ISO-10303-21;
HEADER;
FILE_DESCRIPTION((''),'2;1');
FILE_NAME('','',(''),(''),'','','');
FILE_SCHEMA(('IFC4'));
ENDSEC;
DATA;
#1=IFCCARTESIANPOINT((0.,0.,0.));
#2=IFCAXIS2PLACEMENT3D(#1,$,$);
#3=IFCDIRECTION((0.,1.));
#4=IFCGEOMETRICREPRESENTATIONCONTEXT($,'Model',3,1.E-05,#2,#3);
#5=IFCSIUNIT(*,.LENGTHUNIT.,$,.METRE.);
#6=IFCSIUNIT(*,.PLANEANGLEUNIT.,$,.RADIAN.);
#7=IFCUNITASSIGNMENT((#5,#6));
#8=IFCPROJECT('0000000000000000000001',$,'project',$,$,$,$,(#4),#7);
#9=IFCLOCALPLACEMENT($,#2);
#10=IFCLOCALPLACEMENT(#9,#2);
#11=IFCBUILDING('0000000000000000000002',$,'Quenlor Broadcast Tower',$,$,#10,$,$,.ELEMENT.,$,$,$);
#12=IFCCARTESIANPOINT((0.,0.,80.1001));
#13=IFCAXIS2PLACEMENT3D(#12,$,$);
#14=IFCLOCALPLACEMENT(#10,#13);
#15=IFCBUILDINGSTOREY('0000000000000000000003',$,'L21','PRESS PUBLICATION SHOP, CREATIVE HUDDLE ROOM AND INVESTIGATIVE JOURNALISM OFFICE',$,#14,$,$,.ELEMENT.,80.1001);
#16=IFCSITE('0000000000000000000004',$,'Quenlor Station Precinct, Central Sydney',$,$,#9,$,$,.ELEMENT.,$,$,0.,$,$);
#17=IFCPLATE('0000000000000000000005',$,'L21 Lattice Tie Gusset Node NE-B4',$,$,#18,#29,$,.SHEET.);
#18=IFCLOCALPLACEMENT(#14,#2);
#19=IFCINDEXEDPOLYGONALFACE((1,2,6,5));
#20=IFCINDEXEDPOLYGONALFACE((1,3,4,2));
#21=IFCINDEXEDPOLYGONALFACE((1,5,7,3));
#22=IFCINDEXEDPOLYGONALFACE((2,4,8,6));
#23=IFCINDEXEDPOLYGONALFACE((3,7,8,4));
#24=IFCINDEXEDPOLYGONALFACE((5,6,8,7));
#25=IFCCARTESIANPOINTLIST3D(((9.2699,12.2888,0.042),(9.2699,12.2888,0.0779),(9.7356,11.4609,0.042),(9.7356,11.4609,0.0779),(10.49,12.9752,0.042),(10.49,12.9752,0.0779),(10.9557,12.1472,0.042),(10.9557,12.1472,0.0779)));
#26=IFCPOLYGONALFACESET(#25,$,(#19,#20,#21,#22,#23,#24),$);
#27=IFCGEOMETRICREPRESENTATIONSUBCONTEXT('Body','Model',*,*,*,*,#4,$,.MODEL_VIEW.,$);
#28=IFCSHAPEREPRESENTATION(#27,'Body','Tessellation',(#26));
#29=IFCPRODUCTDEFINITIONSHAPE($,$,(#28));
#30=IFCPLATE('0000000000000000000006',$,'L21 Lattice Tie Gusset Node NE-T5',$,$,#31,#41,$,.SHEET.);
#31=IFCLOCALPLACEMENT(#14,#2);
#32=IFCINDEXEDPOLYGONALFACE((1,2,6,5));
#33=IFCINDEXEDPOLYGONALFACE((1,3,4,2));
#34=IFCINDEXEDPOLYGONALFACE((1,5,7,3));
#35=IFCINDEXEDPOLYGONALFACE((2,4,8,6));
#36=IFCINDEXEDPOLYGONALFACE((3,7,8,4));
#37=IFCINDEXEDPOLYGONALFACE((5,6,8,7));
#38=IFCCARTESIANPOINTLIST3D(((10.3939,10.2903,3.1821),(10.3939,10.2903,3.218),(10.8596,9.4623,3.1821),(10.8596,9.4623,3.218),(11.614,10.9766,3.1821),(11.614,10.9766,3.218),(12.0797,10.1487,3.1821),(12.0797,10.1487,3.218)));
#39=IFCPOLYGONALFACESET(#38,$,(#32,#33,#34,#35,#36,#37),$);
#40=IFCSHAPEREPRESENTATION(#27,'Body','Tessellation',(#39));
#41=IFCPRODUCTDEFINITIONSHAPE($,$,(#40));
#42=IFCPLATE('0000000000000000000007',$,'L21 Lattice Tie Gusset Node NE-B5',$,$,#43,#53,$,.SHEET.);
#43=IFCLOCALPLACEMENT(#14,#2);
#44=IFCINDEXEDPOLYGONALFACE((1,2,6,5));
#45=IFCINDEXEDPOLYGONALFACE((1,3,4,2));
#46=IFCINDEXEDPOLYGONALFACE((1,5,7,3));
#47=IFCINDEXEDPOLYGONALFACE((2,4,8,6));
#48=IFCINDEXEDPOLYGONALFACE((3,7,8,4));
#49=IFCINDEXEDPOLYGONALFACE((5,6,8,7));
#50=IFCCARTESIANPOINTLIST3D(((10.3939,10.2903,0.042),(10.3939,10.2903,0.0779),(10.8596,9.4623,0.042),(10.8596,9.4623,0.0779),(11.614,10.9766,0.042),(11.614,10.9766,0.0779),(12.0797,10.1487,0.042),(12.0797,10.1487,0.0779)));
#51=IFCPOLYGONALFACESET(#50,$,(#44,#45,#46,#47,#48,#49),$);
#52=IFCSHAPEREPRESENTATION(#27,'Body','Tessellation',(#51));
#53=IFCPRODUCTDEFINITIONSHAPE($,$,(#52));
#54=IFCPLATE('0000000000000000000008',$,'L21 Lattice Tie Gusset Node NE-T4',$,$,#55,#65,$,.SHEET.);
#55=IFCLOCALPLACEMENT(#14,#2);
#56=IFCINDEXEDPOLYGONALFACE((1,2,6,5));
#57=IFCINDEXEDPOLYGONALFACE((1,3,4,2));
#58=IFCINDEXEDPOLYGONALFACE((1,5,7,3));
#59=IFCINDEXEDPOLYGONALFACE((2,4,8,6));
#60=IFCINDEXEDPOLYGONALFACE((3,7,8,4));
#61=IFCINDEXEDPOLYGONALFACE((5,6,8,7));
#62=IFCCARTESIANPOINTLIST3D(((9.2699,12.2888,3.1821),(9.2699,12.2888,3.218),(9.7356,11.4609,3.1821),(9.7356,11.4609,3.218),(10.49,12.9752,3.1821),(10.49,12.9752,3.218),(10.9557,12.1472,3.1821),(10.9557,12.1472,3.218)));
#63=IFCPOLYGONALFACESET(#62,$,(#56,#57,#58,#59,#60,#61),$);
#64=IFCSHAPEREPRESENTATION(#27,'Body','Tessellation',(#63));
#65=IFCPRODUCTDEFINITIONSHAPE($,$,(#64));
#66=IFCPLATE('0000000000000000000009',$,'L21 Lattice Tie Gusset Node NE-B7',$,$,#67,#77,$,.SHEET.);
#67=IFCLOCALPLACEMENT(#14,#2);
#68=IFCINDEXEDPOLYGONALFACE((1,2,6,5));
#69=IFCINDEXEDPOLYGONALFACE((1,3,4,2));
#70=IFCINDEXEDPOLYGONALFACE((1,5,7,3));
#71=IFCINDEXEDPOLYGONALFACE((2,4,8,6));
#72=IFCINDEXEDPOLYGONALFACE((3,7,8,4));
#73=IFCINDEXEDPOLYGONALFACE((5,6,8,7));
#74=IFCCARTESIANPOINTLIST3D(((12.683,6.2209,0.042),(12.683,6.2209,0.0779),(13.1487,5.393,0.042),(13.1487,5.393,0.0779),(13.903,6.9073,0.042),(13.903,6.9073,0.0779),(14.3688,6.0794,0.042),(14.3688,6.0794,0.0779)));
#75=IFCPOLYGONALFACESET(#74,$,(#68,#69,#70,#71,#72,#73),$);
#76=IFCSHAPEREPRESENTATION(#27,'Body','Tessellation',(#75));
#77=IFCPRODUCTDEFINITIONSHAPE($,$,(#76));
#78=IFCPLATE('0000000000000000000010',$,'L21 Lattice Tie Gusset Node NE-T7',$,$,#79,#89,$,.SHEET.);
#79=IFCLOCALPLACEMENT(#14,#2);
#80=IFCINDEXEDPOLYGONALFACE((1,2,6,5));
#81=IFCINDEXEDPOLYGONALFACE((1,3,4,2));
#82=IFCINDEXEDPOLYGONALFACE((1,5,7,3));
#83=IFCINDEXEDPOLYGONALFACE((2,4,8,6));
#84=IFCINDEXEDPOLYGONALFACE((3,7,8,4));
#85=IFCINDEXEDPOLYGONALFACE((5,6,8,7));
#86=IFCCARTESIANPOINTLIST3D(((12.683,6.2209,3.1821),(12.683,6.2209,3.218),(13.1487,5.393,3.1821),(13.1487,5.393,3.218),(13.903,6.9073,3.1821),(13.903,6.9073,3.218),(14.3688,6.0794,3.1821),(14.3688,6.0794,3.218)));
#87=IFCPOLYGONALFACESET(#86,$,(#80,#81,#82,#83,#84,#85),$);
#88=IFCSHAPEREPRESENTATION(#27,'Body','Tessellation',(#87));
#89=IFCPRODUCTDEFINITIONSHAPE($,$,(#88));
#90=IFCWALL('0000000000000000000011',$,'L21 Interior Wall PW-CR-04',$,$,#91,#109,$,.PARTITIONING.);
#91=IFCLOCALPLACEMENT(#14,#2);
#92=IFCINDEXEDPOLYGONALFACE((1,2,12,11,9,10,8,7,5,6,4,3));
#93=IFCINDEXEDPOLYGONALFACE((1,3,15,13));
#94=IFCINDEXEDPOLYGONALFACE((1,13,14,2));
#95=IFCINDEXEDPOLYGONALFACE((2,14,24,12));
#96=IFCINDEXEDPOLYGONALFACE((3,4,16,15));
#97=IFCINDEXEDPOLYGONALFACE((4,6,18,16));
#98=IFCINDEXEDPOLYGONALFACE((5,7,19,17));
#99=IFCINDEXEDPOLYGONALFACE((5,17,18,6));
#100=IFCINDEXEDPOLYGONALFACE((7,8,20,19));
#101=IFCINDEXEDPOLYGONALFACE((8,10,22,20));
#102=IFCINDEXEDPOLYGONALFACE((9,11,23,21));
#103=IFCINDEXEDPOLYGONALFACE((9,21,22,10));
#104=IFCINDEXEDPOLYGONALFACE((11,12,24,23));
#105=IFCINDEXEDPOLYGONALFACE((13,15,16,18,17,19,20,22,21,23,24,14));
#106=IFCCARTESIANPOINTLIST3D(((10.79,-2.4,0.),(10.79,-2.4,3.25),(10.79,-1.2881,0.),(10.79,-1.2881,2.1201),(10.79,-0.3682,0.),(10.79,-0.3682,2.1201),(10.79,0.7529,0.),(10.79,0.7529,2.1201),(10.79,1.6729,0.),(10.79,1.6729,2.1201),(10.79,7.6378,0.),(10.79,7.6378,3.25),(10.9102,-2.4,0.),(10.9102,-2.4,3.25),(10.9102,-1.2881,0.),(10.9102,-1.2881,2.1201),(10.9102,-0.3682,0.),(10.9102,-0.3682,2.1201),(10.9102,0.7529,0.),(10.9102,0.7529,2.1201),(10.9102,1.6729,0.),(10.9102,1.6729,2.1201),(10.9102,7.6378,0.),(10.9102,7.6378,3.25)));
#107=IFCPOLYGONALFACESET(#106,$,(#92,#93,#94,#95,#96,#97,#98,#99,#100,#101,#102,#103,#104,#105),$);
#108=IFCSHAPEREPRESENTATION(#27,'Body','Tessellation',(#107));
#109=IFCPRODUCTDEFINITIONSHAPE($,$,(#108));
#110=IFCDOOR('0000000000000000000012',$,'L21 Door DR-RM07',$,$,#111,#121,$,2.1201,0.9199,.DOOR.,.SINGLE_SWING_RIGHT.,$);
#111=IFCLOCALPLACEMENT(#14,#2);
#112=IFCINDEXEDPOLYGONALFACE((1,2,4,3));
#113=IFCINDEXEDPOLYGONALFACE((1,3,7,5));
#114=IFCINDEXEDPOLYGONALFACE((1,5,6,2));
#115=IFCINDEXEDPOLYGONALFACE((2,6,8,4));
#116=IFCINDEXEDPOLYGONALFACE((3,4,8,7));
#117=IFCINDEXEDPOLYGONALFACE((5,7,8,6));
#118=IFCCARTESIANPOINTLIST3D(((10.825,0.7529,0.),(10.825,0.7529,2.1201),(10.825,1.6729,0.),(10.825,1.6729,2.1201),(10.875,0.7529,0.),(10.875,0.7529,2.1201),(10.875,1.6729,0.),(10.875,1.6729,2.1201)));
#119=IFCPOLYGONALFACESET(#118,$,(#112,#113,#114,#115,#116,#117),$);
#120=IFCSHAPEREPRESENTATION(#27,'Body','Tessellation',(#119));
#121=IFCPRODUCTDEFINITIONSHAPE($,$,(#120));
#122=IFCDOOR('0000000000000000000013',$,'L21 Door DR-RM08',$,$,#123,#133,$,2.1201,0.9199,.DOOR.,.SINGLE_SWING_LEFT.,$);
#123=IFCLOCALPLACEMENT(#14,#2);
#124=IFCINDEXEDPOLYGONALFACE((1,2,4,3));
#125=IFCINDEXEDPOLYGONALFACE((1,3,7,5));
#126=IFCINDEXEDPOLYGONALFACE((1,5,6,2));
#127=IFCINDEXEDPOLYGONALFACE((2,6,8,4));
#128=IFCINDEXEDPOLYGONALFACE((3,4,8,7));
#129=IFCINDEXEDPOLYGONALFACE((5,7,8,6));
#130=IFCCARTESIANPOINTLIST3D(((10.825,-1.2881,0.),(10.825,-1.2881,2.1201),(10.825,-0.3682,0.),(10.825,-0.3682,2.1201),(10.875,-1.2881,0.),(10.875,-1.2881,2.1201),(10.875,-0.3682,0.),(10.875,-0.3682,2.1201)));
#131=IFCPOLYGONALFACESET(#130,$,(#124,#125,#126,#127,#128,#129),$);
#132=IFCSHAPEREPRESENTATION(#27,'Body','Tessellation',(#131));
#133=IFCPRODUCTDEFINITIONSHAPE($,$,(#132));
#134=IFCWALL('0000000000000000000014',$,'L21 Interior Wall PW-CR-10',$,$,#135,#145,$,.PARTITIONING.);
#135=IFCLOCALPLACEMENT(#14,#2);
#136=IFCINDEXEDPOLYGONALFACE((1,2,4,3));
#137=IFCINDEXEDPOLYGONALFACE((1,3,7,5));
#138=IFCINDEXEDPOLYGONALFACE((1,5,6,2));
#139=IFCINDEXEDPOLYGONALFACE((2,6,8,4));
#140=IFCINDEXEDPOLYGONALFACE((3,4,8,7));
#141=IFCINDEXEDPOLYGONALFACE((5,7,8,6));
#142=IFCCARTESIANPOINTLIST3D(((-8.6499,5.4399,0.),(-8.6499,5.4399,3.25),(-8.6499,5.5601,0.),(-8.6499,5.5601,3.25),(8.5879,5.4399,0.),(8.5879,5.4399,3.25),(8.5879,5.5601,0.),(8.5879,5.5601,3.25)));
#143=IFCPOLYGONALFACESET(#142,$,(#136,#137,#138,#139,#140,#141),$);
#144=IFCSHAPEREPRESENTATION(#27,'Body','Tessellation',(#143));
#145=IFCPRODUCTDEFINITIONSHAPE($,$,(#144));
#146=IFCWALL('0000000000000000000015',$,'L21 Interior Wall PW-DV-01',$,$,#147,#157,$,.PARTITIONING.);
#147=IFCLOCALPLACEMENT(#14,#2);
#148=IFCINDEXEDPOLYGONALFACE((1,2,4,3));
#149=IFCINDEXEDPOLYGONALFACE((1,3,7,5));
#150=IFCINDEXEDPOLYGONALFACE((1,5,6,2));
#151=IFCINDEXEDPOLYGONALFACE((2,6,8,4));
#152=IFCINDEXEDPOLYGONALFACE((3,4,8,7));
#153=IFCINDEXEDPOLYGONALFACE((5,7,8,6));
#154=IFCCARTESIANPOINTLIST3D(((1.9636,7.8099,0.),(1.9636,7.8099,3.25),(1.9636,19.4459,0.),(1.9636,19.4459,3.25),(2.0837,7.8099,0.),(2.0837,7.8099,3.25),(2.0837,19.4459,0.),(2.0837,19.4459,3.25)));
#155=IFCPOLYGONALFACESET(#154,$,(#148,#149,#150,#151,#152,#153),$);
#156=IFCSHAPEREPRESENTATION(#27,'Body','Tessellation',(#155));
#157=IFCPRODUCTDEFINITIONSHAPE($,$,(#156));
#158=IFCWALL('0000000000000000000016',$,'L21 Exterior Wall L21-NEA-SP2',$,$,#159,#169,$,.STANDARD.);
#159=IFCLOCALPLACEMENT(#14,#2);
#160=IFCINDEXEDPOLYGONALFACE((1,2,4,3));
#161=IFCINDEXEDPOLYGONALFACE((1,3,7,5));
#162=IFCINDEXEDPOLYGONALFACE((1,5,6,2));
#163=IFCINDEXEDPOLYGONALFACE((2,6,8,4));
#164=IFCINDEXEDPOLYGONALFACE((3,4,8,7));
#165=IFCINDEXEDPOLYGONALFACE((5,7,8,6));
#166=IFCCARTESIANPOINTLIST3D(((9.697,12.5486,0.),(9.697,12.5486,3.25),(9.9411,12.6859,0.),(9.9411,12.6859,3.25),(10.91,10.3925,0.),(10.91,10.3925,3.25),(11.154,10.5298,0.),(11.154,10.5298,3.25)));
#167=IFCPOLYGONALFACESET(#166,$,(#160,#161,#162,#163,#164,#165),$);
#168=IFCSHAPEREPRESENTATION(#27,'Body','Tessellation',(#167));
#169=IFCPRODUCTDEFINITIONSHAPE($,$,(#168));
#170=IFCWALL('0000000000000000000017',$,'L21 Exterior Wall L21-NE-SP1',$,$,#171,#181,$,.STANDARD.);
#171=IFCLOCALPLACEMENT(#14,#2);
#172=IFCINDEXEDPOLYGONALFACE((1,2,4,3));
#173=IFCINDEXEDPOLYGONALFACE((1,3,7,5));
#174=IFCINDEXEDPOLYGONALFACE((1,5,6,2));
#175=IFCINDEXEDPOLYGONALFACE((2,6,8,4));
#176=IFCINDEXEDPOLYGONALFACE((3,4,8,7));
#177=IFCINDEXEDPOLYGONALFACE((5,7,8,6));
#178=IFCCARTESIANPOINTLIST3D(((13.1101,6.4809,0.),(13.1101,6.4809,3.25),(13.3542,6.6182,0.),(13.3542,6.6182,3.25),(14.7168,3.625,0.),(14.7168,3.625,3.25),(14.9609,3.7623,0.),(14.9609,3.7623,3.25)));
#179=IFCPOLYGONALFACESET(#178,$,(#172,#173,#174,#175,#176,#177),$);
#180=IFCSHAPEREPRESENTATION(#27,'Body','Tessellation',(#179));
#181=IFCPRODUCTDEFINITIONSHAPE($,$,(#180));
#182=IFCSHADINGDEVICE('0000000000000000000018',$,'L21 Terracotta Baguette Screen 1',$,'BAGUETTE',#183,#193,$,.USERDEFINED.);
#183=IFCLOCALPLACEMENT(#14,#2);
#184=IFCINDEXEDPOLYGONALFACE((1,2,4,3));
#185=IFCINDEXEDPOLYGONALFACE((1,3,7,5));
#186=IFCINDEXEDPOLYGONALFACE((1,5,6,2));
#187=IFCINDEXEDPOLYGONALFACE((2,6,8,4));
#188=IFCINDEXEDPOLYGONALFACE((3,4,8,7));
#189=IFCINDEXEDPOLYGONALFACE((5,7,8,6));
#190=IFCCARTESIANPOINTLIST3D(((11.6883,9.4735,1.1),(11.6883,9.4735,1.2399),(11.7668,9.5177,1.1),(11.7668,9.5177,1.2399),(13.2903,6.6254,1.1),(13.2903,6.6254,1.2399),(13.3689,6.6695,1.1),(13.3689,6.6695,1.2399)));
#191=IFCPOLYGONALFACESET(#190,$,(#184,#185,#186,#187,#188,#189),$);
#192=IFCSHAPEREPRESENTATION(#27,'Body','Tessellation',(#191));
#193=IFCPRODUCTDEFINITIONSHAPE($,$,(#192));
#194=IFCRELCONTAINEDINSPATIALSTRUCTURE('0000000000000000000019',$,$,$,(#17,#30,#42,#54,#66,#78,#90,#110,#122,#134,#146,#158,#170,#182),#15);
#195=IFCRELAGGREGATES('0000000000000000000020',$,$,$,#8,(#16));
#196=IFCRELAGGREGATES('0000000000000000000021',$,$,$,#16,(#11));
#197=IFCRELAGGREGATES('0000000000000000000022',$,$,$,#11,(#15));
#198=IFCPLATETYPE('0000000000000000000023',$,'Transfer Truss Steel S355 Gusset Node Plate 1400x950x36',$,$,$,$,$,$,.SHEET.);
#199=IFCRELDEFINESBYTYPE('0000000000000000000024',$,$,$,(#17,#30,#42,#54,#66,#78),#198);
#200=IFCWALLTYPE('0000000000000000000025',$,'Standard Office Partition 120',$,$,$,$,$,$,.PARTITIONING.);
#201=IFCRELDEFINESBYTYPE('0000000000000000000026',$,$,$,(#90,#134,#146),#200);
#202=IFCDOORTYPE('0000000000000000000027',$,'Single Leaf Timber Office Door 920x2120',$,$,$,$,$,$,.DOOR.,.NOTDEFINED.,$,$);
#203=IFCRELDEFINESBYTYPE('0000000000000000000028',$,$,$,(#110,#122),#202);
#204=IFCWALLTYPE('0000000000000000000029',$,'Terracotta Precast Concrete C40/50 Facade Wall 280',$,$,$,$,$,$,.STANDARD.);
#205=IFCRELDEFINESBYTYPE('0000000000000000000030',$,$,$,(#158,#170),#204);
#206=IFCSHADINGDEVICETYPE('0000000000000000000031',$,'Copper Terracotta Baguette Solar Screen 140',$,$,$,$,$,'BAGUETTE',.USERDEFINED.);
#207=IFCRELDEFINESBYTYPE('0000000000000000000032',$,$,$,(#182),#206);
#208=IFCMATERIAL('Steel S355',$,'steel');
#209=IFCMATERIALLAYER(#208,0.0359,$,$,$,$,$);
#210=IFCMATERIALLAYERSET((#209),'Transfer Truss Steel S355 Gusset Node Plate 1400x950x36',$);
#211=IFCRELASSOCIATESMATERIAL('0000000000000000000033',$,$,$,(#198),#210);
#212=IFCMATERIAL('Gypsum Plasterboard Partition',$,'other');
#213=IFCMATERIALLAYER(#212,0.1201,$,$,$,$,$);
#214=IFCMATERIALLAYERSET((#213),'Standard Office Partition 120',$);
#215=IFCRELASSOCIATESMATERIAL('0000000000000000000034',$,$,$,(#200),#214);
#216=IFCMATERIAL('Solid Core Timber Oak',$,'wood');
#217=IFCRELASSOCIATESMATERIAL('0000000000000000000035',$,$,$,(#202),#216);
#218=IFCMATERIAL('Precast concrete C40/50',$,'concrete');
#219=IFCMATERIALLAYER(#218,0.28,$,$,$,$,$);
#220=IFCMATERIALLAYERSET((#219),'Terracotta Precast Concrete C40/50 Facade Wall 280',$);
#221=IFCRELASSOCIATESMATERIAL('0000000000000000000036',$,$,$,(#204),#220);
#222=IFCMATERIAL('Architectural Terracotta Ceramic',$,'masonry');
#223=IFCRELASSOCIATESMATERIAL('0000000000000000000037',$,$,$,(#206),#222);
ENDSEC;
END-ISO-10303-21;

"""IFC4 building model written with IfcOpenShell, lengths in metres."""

from ifc_helpers import new_model, si_unit, direction, frame, frame_2d, origin, origin_2d, place, context, subcontext, project, spatial, rectangle, extrude, material, layer, layer_set, material_profile, profile_set, type_object, element, fill, save


model = new_model("IFC4")

# Units and contexts
model_context = context("Model", 3, precision=1e-05, world=origin(), true_north=direction((0.0, 1.0)))
body_context = subcontext(model_context, "Body", "Model", "MODEL_VIEW")
ifc_project = project(units=[si_unit("LENGTHUNIT", "METRE"), si_unit("PLANEANGLEUNIT", "RADIAN")], contexts=[model_context])

# Site, building, storey
site_placement = place(None, origin())
site = spatial("IfcSite", under=ifc_project, at=site_placement, Name="Quenlor Station Precinct, Central Sydney", CompositionType="ELEMENT", RefElevation=0.0)
building_placement = place(site_placement, origin())
building = spatial("IfcBuilding", under=site, at=building_placement, Name="Quenlor Broadcast Tower", CompositionType="ELEMENT")
storey_placement = place(building_placement, frame((0.0, 0.0, 80.1001)))
storey = spatial("IfcBuildingStorey", under=building, at=storey_placement, Name="L21", Description="PRESS PUBLICATION SHOP, CREATIVE HUDDLE ROOM AND INVESTIGATIVE JOURNALISM OFFICE", CompositionType="ELEMENT", Elevation=80.1001)

# Plates
ifc_material_1 = material(Name="Steel S355", Category="steel")
ifc_layer_1 = layer(ifc_material_1, 0.0359)
ifc_layer_set_1 = layer_set([ifc_layer_1], Name="Transfer Truss Steel S355 Gusset Node Plate 1400x950x36")
plate_type_1 = type_object("IfcPlateType", Name="Transfer Truss Steel S355 Gusset Node Plate 1400x950x36", PredefinedType="SHEET", material=ifc_layer_set_1)
for number, where, z_axis, x_axis, name in (
    (1, (10.1128, 12.218, 0.042), (0.0, 0.0, 1.0), (0.871556, 0.490295, 0.0), "L21 Lattice Tie Gusset Node NE-B4"),
    (2, (11.2368, 10.2195, 3.1821), (0.0, 0.0, 1.0), (0.871556, 0.490295, 0.0), "L21 Lattice Tie Gusset Node NE-T5"),
    (3, (11.2368, 10.2195, 0.042), (0.0, 0.0, 1.0), (0.871556, 0.490295, 0.0), "L21 Lattice Tie Gusset Node NE-B5"),
    (4, (10.1128, 12.218, 3.1821), (0.0, 0.0, 1.0), (0.871556, 0.490295, 0.0), "L21 Lattice Tie Gusset Node NE-T4"),
    (5, (13.5259, 6.1501, 0.042), (0.0, 0.0, 1.0), (0.871556, 0.490295, 0.0), "L21 Lattice Tie Gusset Node NE-B7"),
    (6, (13.5259, 6.1501, 3.1821), (0.0, 0.0, 1.0), (0.871556, 0.490295, 0.0), "L21 Lattice Tie Gusset Node NE-T7"),
):
    element("IfcPlate", number, at=place(storey_placement, frame(where, z_axis=z_axis, x_axis=x_axis)), inside=storey, type_object=plate_type_1, Name=name, PredefinedType="SHEET", context=body_context, shape_type="SweptSolid", body=[
        extrude(rectangle(XDim=1.3999, YDim=0.95, at=origin_2d()), origin(), (0.0, 0.0, 1.0), 0.0359),
    ])

# Wall, openings, doors
ifc_material_2 = material(Name="Gypsum Plasterboard Partition", Category="other")
ifc_layer_2 = layer(ifc_material_2, 0.1201)
ifc_layer_set_2 = layer_set([ifc_layer_2], Name="Standard Office Partition 120")
wall_type_1 = type_object("IfcWallType", Name="Standard Office Partition 120", PredefinedType="PARTITIONING", material=ifc_layer_set_2)
wall_1_placement = place(storey_placement, frame((10.8501, 7.6379, 0.0), z_axis=(0.0, 0.0, 1.0), x_axis=(0.0, -1.0, 0.0)))
wall_1 = element("IfcWall", 7, at=wall_1_placement, inside=storey, type_object=wall_type_1, Name="L21 Interior Wall PW-CR-04", PredefinedType="PARTITIONING", context=body_context, shape_type="SweptSolid", body=[
    extrude(rectangle(XDim=10.0378, YDim=0.1201, at=frame_2d((5.019, 0.0))), origin(), (0.0, 0.0, 1.0), 3.25),
])
opening_1_placement = place(wall_1_placement, frame((5.9651, 0.0, 0.0)))
opening_1 = element("IfcOpeningElement", 8, at=opening_1_placement, cuts=wall_1, PredefinedType="OPENING", context=body_context, shape_type="SweptSolid", body=[
    extrude(rectangle(XDim=0.9199, YDim=2.1201, at=frame_2d((0.46, 1.0601))), frame((0.0, 0.0701, 0.0), z_axis=(0.0, -1.0, 0.0), x_axis=(1.0, 0.0, 0.0)), (0.0, 0.0, 1.0), 0.1401),
])
opening_2_placement = place(wall_1_placement, frame((8.0061, 0.0, 0.0)))
opening_2 = element("IfcOpeningElement", 9, at=opening_2_placement, cuts=wall_1, PredefinedType="OPENING", context=body_context, shape_type="SweptSolid", body=[
    extrude(rectangle(XDim=0.9199, YDim=2.1201, at=frame_2d((0.46, 1.0601))), frame((0.0, 0.0701, 0.0), z_axis=(0.0, -1.0, 0.0), x_axis=(1.0, 0.0, 0.0)), (0.0, 0.0, 1.0), 0.1401),
])
ifc_material_3 = material(Name="Solid Core Timber Oak", Category="wood")
door_type = type_object("IfcDoorType", Name="Single Leaf Timber Office Door 920x2120", OperationType="NOTDEFINED", PredefinedType="DOOR", material=ifc_material_3)
door_1_placement = place(opening_1_placement, origin())
door_1 = element("IfcDoor", 10, at=door_1_placement, inside=storey, type_object=door_type, Name="L21 Door DR-RM07", OperationType="SINGLE_SWING_RIGHT", OverallHeight=2.1201, OverallWidth=0.9199, PredefinedType="DOOR", context=body_context, shape_type="SweptSolid", body=[
    extrude(rectangle(XDim=0.9199, YDim=2.1201, at=frame_2d((0.46, 1.0601))), frame((0.0, 0.0249, 0.0), z_axis=(0.0, -1.0, 0.0), x_axis=(1.0, 0.0, 0.0)), (0.0, 0.0, 1.0), 0.05),
])
fill(opening_1, door_1)
door_2_placement = place(opening_2_placement, origin())
door_2 = element("IfcDoor", 11, at=door_2_placement, inside=storey, type_object=door_type, Name="L21 Door DR-RM08", OperationType="SINGLE_SWING_LEFT", OverallHeight=2.1201, OverallWidth=0.9199, PredefinedType="DOOR", context=body_context, shape_type="SweptSolid", body=[
    extrude(rectangle(XDim=0.9199, YDim=2.1201, at=frame_2d((0.46, 1.0601))), frame((0.0, 0.0249, 0.0), z_axis=(0.0, -1.0, 0.0), x_axis=(1.0, 0.0, 0.0)), (0.0, 0.0, 1.0), 0.05),
])
fill(opening_2, door_2)

# Walls
wall_2_placement = place(storey_placement, frame((8.5879, 5.5, 0.0), z_axis=(0.0, 0.0, 1.0), x_axis=(-1.0, 0.0, 0.0)))
element("IfcWall", 12, at=wall_2_placement, inside=storey, type_object=wall_type_1, Name="L21 Interior Wall PW-CR-10", PredefinedType="PARTITIONING", context=body_context, shape_type="SweptSolid", body=[
    extrude(rectangle(XDim=17.2378, YDim=0.1201, at=frame_2d((8.6189, 0.0))), origin(), (0.0, 0.0, 1.0), 3.25),
])
wall_3_placement = place(storey_placement, frame((2.0237, 7.8101, 0.0), z_axis=(0.0, 0.0, 1.0), x_axis=(0.0, 1.0, 0.0)))
element("IfcWall", 13, at=wall_3_placement, inside=storey, type_object=wall_type_1, Name="L21 Interior Wall PW-DV-01", PredefinedType="PARTITIONING", context=body_context, shape_type="SweptSolid", body=[
    extrude(rectangle(XDim=11.636, YDim=0.1201, at=frame_2d((5.8179, 0.0))), origin(), (0.0, 0.0, 1.0), 3.25),
])
ifc_material_4 = material(Name="Precast concrete C40/50", Category="concrete")
ifc_layer_3 = layer(ifc_material_4, 0.28)
ifc_layer_set_3 = layer_set([ifc_layer_3], Name="Terracotta Precast Concrete C40/50 Facade Wall 280")
wall_type_2 = type_object("IfcWallType", Name="Terracotta Precast Concrete C40/50 Facade Wall 280", PredefinedType="STANDARD", material=ifc_layer_set_3)
wall_4_placement = place(storey_placement, frame((9.8191, 12.6172, 0.0), z_axis=(0.0, 0.0, 1.0), x_axis=(0.490303, -0.871552, 0.0)))
element("IfcWall", 14, at=wall_4_placement, inside=storey, type_object=wall_type_2, Name="L21 Exterior Wall L21-NEA-SP2", PredefinedType="STANDARD", context=body_context, shape_type="SweptSolid", body=[
    extrude(rectangle(XDim=2.4739, YDim=0.28, at=frame_2d((1.2368, 0.0))), origin(), (0.0, 0.0, 1.0), 3.25),
])
wall_5_placement = place(storey_placement, frame((13.2322, 6.5496, 0.0), z_axis=(0.0, 0.0, 1.0), x_axis=(0.490311, -0.871548, 0.0)))
element("IfcWall", 15, at=wall_5_placement, inside=storey, type_object=wall_type_2, Name="L21 Exterior Wall L21-NE-SP1", PredefinedType="STANDARD", context=body_context, shape_type="SweptSolid", body=[
    extrude(rectangle(XDim=3.2769, YDim=0.28, at=frame_2d((1.6384, 0.0))), origin(), (0.0, 0.0, 1.0), 3.25),
])

# Shading device
ifc_material_5 = material(Name="Architectural Terracotta Ceramic", Category="masonry")
ifc_material_profile_1 = material_profile(ifc_material_5, rectangle(XDim=0.0901, YDim=0.1399, at=origin_2d()))
ifc_profile_set_1 = profile_set([ifc_material_profile_1], Name="Architectural Terracotta Ceramic BAG90x140")
shading_device_type = type_object("IfcShadingDeviceType", Name="Copper Terracotta Baguette Solar Screen 140", ElementType="BAGUETTE", PredefinedType="USERDEFINED", material=ifc_profile_set_1)
for number, where, z_axis, x_axis, name in (
    (16, (11.7275, 9.4956, 1.1699), (0.490254, -0.87158, 0.0), (0.87158, 0.490254, 0.0), "L21 Terracotta Baguette Screen 1"),
):
    element("IfcShadingDevice", number, at=place(storey_placement, frame(where, z_axis=z_axis, x_axis=x_axis)), inside=storey, type_object=shading_device_type, Name=name, ObjectType="BAGUETTE", PredefinedType="USERDEFINED", context=body_context, shape_type="SweptSolid", body=[
        extrude(rectangle(XDim=0.0901, YDim=0.1399, at=origin_2d()), origin(), (0.0, 0.0, 1.0), 3.2678),
    ])

save(model, "model.ifc")
